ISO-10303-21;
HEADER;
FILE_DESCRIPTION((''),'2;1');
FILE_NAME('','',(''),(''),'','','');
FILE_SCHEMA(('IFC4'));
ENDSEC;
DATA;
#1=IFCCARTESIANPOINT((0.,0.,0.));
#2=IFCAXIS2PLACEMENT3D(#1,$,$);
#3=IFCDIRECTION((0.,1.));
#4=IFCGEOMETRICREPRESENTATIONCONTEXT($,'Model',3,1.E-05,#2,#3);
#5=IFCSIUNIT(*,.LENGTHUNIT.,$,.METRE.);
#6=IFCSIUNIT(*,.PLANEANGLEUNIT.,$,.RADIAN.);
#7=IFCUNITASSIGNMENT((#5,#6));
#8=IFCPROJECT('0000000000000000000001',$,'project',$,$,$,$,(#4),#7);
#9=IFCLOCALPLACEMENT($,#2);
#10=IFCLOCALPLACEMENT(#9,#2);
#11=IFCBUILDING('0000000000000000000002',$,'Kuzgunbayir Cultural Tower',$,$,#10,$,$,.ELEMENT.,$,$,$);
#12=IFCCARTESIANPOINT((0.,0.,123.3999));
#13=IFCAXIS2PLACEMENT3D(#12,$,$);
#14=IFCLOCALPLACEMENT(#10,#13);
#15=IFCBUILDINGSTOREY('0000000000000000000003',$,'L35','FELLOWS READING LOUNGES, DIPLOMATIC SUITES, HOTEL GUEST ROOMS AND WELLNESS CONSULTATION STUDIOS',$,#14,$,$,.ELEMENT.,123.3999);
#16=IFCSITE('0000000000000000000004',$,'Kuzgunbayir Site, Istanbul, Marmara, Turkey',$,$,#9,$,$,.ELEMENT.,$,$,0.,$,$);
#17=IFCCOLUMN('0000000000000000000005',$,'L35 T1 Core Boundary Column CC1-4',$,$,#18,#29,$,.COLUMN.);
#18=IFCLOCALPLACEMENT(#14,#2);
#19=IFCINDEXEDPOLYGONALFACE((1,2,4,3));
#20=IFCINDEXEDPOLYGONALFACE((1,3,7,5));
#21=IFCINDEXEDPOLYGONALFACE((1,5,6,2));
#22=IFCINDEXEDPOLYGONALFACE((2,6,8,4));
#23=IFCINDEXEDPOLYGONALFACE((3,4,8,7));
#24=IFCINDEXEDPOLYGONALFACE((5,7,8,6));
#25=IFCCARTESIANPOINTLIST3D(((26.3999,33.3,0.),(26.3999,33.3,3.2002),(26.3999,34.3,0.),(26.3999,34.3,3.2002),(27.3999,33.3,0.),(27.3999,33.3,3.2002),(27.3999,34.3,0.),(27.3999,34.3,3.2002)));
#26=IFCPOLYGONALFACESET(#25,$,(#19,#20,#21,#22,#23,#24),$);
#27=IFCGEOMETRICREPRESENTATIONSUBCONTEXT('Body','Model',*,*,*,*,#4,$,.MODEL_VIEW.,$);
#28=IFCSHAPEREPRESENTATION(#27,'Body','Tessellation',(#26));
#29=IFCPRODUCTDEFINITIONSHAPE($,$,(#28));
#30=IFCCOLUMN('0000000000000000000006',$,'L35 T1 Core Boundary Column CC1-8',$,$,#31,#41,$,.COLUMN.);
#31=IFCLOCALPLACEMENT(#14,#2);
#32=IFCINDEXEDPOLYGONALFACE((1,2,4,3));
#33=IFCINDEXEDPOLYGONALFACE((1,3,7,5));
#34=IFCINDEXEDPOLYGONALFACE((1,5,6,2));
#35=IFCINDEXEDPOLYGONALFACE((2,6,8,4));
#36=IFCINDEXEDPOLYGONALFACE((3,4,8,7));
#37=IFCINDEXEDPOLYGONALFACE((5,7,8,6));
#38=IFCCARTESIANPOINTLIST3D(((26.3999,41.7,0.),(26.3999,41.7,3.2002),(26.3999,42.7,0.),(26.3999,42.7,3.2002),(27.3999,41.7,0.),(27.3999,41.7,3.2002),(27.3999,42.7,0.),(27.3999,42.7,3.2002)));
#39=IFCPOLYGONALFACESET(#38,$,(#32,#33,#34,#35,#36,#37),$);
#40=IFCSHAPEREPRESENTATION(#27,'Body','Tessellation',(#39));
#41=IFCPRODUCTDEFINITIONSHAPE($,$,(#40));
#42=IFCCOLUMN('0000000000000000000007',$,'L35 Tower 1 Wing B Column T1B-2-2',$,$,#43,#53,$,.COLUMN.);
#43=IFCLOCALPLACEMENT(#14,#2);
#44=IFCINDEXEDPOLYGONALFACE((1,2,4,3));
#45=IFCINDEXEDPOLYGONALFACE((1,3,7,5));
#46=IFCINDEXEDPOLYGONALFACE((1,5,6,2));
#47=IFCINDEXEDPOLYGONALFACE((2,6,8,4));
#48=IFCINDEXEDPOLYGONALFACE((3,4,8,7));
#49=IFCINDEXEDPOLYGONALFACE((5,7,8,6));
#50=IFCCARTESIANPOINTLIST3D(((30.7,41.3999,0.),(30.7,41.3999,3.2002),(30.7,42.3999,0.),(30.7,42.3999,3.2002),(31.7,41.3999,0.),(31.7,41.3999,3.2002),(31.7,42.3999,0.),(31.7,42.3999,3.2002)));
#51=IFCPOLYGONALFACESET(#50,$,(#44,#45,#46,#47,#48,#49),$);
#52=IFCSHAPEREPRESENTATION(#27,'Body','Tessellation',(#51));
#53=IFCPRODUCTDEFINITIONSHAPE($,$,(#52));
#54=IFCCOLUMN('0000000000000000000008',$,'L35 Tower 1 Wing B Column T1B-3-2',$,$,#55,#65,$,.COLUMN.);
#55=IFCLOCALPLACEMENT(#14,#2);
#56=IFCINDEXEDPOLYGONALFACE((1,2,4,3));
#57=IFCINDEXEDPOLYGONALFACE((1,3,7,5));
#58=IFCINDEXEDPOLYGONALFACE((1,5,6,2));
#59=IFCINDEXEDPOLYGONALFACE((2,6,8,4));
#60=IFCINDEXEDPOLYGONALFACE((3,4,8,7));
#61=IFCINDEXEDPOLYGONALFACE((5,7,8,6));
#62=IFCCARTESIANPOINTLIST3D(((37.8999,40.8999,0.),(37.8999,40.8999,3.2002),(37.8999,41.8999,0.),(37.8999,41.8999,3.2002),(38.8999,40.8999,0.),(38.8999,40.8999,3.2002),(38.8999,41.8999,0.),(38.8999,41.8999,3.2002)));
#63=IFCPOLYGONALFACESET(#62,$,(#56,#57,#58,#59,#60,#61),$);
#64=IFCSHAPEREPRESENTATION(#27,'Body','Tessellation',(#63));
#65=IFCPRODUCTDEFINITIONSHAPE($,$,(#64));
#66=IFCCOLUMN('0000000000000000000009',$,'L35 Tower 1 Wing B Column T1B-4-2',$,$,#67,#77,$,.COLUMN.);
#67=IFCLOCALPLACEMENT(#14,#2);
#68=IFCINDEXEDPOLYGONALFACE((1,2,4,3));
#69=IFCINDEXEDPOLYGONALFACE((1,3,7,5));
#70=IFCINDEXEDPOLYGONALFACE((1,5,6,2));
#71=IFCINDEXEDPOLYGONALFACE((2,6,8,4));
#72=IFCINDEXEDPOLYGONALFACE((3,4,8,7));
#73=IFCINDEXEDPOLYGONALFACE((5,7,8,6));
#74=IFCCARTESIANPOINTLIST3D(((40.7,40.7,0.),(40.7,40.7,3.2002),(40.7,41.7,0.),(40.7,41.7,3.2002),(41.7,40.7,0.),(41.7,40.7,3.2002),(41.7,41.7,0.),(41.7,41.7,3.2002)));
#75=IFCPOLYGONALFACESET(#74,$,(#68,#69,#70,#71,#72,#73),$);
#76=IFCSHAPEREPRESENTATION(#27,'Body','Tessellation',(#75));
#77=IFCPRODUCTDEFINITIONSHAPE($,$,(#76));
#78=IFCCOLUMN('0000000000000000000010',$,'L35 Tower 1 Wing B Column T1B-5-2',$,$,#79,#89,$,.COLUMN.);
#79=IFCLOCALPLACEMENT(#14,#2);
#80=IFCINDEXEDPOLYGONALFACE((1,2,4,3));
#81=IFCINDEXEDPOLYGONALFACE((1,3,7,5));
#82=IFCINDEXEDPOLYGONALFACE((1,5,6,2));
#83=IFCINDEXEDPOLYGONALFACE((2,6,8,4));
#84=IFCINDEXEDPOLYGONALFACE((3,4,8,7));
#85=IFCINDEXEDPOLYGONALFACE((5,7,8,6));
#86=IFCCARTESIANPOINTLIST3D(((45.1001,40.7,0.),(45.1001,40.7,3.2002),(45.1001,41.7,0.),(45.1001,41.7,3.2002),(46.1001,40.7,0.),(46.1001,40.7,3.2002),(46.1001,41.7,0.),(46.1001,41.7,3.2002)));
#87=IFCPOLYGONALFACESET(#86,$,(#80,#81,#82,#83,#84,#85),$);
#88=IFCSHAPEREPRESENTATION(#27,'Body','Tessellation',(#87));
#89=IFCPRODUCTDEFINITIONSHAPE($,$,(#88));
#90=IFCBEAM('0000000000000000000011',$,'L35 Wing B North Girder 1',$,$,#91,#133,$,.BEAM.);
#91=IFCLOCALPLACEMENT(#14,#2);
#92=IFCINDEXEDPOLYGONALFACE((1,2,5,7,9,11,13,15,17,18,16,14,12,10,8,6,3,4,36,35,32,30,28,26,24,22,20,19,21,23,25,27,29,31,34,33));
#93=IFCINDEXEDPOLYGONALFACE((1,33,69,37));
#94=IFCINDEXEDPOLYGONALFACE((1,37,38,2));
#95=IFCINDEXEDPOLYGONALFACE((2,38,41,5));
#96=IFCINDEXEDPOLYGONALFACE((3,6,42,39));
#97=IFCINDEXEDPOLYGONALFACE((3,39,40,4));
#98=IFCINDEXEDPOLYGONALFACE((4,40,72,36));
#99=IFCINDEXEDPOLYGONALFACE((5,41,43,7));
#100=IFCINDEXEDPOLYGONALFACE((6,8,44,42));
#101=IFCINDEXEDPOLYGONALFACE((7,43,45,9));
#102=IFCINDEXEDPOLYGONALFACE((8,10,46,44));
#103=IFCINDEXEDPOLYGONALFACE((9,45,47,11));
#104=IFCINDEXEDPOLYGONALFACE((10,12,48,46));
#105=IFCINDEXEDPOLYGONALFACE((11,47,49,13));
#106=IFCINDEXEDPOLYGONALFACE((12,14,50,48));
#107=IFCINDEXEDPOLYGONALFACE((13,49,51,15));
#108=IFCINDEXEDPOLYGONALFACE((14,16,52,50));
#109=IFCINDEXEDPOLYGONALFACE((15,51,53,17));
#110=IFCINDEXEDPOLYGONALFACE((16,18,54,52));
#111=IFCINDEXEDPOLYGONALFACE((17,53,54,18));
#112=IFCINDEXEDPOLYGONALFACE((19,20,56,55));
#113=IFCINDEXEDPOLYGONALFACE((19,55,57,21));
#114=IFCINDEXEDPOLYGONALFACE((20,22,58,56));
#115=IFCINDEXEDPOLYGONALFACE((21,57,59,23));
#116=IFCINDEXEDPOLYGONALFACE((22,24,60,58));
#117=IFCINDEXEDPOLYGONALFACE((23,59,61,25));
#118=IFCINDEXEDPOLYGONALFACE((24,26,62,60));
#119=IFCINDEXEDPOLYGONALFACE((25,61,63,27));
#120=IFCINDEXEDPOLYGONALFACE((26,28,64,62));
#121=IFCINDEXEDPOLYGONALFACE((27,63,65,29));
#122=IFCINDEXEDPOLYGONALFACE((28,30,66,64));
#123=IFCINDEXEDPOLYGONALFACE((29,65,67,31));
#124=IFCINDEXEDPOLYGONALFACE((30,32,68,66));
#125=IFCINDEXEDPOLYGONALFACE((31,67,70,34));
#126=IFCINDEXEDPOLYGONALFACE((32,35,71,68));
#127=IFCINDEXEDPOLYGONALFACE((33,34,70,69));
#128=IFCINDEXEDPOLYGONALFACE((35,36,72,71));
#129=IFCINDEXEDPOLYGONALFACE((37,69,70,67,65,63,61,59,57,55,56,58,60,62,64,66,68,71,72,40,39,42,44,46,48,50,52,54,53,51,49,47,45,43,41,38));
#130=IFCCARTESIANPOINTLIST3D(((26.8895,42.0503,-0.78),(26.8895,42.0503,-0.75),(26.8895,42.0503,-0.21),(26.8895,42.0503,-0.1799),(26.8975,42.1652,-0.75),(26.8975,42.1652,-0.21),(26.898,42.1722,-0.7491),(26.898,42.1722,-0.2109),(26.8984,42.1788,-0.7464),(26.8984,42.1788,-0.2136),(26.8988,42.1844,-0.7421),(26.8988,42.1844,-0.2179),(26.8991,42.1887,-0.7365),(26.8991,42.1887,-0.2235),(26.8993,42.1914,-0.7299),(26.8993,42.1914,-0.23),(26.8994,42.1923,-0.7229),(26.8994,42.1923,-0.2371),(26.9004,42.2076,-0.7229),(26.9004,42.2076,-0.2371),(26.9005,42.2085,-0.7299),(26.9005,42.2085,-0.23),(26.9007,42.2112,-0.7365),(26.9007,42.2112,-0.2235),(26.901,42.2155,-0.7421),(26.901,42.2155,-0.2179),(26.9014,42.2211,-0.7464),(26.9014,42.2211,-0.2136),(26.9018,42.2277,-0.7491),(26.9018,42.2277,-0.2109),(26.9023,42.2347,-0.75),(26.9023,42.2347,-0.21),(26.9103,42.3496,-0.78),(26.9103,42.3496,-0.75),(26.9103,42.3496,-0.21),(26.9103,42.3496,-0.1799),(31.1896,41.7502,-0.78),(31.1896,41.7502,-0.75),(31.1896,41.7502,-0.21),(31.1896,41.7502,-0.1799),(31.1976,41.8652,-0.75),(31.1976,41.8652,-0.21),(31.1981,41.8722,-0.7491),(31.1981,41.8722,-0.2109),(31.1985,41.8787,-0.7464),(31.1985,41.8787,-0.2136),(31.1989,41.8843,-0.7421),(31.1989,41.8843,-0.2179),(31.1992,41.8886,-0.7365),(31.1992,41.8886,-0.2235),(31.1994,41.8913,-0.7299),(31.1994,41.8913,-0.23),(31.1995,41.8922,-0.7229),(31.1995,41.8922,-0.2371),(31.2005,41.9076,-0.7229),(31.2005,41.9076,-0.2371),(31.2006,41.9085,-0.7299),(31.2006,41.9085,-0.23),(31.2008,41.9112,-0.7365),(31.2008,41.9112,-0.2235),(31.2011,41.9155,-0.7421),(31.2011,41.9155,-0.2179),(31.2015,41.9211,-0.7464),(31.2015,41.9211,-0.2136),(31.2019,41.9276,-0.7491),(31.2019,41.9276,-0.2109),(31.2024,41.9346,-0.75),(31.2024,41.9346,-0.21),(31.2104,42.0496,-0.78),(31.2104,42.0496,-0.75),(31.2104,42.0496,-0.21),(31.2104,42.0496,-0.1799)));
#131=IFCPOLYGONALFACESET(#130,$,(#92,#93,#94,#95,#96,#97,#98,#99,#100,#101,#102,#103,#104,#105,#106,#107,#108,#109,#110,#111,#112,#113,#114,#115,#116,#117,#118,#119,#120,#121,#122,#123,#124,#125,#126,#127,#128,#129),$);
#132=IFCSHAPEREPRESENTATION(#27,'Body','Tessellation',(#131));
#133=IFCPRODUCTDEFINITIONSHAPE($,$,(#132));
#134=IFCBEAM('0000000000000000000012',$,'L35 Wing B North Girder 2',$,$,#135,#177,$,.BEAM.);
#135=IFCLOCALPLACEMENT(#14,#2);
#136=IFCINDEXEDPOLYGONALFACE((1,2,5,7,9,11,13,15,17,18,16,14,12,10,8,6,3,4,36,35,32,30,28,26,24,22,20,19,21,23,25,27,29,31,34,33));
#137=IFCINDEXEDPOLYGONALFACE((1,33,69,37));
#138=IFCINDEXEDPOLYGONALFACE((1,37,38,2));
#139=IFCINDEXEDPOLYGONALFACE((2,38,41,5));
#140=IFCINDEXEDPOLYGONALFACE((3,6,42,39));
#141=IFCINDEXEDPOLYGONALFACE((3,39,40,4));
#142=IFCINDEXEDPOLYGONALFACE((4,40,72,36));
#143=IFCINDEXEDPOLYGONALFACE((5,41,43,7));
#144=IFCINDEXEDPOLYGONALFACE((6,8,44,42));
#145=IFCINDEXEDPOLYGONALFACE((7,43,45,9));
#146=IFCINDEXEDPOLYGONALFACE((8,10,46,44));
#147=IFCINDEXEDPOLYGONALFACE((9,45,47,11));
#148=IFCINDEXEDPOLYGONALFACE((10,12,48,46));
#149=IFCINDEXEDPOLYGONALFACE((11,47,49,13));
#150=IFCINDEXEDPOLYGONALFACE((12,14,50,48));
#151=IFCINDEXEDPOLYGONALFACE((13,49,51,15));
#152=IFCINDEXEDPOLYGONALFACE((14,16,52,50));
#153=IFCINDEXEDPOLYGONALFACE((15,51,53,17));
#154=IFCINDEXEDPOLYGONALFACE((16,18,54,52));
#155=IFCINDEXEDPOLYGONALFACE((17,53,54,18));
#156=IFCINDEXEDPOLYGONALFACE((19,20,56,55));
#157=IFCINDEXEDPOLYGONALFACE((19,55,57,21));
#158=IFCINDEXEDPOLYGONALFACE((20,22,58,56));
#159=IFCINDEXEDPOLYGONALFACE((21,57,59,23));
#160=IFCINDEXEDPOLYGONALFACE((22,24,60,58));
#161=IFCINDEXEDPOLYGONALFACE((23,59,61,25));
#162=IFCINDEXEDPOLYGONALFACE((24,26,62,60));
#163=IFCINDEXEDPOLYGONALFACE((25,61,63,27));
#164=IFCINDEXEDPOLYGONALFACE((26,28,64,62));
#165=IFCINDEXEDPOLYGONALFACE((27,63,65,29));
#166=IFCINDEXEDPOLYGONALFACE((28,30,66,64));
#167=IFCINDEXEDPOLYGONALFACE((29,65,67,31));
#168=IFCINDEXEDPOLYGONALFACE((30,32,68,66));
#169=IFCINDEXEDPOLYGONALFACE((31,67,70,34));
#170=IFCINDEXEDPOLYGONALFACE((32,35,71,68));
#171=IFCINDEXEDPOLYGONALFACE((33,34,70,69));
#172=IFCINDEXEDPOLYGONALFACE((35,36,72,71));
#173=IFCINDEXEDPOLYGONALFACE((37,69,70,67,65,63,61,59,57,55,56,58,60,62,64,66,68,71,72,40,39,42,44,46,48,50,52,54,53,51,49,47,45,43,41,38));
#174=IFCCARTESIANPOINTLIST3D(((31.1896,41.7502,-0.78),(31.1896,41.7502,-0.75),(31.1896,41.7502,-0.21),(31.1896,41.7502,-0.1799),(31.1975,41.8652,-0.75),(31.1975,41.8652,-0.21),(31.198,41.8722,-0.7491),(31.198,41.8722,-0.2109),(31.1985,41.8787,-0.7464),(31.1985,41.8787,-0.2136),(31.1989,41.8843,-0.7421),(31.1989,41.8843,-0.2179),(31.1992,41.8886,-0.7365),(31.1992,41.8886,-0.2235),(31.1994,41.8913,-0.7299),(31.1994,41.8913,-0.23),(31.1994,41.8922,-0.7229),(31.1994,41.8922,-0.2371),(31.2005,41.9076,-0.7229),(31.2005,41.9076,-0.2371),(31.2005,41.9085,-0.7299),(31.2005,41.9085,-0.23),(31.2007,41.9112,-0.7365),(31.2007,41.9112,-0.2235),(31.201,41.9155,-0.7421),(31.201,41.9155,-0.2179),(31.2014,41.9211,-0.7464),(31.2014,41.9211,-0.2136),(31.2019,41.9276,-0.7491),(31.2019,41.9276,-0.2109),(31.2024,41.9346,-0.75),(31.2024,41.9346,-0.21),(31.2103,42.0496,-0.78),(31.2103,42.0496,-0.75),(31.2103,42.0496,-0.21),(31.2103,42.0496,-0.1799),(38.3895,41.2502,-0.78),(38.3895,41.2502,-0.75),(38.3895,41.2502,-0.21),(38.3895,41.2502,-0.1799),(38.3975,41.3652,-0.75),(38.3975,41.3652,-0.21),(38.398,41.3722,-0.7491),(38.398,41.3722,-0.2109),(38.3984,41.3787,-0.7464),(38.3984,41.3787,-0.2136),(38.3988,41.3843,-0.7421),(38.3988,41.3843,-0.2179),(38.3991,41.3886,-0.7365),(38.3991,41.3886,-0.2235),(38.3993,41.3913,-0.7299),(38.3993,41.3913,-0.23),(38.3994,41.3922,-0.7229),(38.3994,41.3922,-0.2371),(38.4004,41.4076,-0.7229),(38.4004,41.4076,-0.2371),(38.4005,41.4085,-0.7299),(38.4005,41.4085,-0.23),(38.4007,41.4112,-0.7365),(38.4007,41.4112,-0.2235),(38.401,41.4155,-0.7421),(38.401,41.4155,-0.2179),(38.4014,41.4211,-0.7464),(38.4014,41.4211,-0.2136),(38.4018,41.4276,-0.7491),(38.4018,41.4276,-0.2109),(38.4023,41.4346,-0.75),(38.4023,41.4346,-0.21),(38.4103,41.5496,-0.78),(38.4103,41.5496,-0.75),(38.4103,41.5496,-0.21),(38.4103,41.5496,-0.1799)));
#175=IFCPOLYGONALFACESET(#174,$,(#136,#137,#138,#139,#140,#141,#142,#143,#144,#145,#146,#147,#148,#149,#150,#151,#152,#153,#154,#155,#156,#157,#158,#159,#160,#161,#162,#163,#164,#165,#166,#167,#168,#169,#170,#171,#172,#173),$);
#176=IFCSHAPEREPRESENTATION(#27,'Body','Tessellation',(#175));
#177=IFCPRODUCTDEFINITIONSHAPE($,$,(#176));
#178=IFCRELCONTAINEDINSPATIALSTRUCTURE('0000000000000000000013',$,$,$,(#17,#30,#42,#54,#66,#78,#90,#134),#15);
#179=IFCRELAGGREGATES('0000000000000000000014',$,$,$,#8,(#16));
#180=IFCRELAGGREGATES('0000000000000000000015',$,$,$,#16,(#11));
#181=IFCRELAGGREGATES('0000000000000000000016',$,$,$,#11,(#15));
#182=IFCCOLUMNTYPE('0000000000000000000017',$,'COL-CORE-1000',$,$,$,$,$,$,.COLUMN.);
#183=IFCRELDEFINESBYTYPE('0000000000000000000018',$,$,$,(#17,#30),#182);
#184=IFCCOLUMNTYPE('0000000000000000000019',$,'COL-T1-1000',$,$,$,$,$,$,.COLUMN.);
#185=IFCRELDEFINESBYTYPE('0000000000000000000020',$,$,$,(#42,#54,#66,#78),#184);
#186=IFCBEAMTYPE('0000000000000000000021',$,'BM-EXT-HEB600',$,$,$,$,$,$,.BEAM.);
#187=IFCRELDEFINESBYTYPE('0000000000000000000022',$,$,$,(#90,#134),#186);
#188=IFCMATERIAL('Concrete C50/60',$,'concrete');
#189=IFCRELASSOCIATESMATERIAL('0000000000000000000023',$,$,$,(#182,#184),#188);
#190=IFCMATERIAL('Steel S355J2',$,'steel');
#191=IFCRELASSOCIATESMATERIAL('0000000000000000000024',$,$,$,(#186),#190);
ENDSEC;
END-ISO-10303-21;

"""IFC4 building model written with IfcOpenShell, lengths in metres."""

from ifc_helpers import new_model, si_unit, direction, frame, origin, origin_2d, place, context, subcontext, project, spatial, rectangle, i_section, extrude, material, material_profile, profile_set, type_object, element, save


model = new_model("IFC4")

# Units and contexts
model_context = context("Model", 3, precision=1e-05, world=origin(), true_north=direction((0.0, 1.0)))
body_context = subcontext(model_context, "Body", "Model", "MODEL_VIEW")
ifc_project = project(units=[si_unit("LENGTHUNIT", "METRE"), si_unit("PLANEANGLEUNIT", "RADIAN")], contexts=[model_context])

# Site, building, storey
site_placement = place(None, origin())
site = spatial("IfcSite", under=ifc_project, at=site_placement, Name="Kuzgunbayir Site, Istanbul, Marmara, Turkey", CompositionType="ELEMENT", RefElevation=0.0)
building_placement = place(site_placement, origin())
building = spatial("IfcBuilding", under=site, at=building_placement, Name="Kuzgunbayir Cultural Tower", CompositionType="ELEMENT")
storey_placement = place(building_placement, frame((0.0, 0.0, 123.3999)))
storey = spatial("IfcBuildingStorey", under=building, at=storey_placement, Name="L35", Description="FELLOWS READING LOUNGES, DIPLOMATIC SUITES, HOTEL GUEST ROOMS AND WELLNESS CONSULTATION STUDIOS", CompositionType="ELEMENT", Elevation=123.3999)

# Columns
ifc_material_1 = material(Name="Concrete C50/60", Category="concrete")
ifc_material_profile_1 = material_profile(ifc_material_1, rectangle(XDim=1.0, YDim=1.0, at=origin_2d()), Name="RC 1000x1000")
ifc_profile_set_1 = profile_set([ifc_material_profile_1], Name="Concrete C50/60")
column_type_1 = type_object("IfcColumnType", Name="COL-CORE-1000", PredefinedType="COLUMN", material=ifc_profile_set_1)
for number, where, z_axis, x_axis, name in (
    (1, (26.8999, 33.8, 0.0), (0.0, 0.0, 1.0), (1.0, 0.0, 0.0), "L35 T1 Core Boundary Column CC1-4"),
    (2, (26.8999, 42.2, 0.0), (0.0, 0.0, 1.0), (1.0, 0.0, 0.0), "L35 T1 Core Boundary Column CC1-8"),
):
    element("IfcColumn", number, at=place(storey_placement, frame(where, z_axis=z_axis, x_axis=x_axis)), inside=storey, type_object=column_type_1, Name=name, PredefinedType="COLUMN", context=body_context, shape_type="SweptSolid", body=[
        extrude(rectangle(XDim=1.0, YDim=1.0, at=origin_2d()), origin(), (0.0, 0.0, 1.0), 3.2002),
    ])
ifc_material_profile_2 = material_profile(ifc_material_1, rectangle(XDim=1.0, YDim=1.0, at=origin_2d()), Name="RC 1000x1000")
ifc_profile_set_2 = profile_set([ifc_material_profile_2], Name="Concrete C50/60")
column_type_2 = type_object("IfcColumnType", Name="COL-T1-1000", PredefinedType="COLUMN", material=ifc_profile_set_2)
for number, where, z_axis, x_axis, name in (
    (3, (31.2, 41.8999, 0.0), (0.0, 0.0, 1.0), (1.0, 0.0, 0.0), "L35 Tower 1 Wing B Column T1B-2-2"),
    (4, (38.3999, 41.3999, 0.0), (0.0, 0.0, 1.0), (1.0, 0.0, 0.0), "L35 Tower 1 Wing B Column T1B-3-2"),
    (5, (41.2, 41.2, 0.0), (0.0, 0.0, 1.0), (1.0, 0.0, 0.0), "L35 Tower 1 Wing B Column T1B-4-2"),
    (6, (45.6001, 41.2, 0.0), (0.0, 0.0, 1.0), (1.0, 0.0, 0.0), "L35 Tower 1 Wing B Column T1B-5-2"),
):
    element("IfcColumn", number, at=place(storey_placement, frame(where, z_axis=z_axis, x_axis=x_axis)), inside=storey, type_object=column_type_2, Name=name, PredefinedType="COLUMN", context=body_context, shape_type="SweptSolid", body=[
        extrude(rectangle(XDim=1.0, YDim=1.0, at=origin_2d()), origin(), (0.0, 0.0, 1.0), 3.2002),
    ])

# Beams
ifc_material_2 = material(Name="Steel S355J2", Category="steel")
ifc_material_profile_3 = material_profile(ifc_material_2, i_section(OverallWidth=0.3, OverallDepth=0.6001, WebThickness=0.0154, FlangeThickness=0.03, FilletRadius=0.0271, at=origin_2d()), Name="HEB 600")
ifc_profile_set_3 = profile_set([ifc_material_profile_3], Name="Steel S355J2")
beam_type_1 = type_object("IfcBeamType", Name="BM-EXT-HEB600", PredefinedType="BEAM", material=ifc_profile_set_3)
beam_1_placement = place(storey_placement, frame((26.8999, 42.2, -0.48), z_axis=(0.997574, -0.069609, 0.0), x_axis=(0.069609, 0.997574, 0.0)))
element("IfcBeam", 7, at=beam_1_placement, inside=storey, type_object=beam_type_1, Name="L35 Wing B North Girder 1", PredefinedType="BEAM", context=body_context, shape_type="SweptSolid", body=[
    extrude(i_section(OverallWidth=0.3, OverallDepth=0.6001, WebThickness=0.0154, FlangeThickness=0.03, FilletRadius=0.0271, at=origin_2d()), origin(), (0.0, 0.0, 1.0), 4.3105),
])
beam_2_placement = place(storey_placement, frame((31.2, 41.8999, -0.48), z_axis=(0.997597, -0.069278, 0.0), x_axis=(0.069278, 0.997597, 0.0)))
element("IfcBeam", 8, at=beam_2_placement, inside=storey, type_object=beam_type_1, Name="L35 Wing B North Girder 2", PredefinedType="BEAM", context=body_context, shape_type="SweptSolid", body=[
    extrude(i_section(OverallWidth=0.3, OverallDepth=0.6001, WebThickness=0.0154, FlangeThickness=0.03, FilletRadius=0.0271, at=origin_2d()), origin(), (0.0, 0.0, 1.0), 7.2173),
])

save(model, "model.ifc")
